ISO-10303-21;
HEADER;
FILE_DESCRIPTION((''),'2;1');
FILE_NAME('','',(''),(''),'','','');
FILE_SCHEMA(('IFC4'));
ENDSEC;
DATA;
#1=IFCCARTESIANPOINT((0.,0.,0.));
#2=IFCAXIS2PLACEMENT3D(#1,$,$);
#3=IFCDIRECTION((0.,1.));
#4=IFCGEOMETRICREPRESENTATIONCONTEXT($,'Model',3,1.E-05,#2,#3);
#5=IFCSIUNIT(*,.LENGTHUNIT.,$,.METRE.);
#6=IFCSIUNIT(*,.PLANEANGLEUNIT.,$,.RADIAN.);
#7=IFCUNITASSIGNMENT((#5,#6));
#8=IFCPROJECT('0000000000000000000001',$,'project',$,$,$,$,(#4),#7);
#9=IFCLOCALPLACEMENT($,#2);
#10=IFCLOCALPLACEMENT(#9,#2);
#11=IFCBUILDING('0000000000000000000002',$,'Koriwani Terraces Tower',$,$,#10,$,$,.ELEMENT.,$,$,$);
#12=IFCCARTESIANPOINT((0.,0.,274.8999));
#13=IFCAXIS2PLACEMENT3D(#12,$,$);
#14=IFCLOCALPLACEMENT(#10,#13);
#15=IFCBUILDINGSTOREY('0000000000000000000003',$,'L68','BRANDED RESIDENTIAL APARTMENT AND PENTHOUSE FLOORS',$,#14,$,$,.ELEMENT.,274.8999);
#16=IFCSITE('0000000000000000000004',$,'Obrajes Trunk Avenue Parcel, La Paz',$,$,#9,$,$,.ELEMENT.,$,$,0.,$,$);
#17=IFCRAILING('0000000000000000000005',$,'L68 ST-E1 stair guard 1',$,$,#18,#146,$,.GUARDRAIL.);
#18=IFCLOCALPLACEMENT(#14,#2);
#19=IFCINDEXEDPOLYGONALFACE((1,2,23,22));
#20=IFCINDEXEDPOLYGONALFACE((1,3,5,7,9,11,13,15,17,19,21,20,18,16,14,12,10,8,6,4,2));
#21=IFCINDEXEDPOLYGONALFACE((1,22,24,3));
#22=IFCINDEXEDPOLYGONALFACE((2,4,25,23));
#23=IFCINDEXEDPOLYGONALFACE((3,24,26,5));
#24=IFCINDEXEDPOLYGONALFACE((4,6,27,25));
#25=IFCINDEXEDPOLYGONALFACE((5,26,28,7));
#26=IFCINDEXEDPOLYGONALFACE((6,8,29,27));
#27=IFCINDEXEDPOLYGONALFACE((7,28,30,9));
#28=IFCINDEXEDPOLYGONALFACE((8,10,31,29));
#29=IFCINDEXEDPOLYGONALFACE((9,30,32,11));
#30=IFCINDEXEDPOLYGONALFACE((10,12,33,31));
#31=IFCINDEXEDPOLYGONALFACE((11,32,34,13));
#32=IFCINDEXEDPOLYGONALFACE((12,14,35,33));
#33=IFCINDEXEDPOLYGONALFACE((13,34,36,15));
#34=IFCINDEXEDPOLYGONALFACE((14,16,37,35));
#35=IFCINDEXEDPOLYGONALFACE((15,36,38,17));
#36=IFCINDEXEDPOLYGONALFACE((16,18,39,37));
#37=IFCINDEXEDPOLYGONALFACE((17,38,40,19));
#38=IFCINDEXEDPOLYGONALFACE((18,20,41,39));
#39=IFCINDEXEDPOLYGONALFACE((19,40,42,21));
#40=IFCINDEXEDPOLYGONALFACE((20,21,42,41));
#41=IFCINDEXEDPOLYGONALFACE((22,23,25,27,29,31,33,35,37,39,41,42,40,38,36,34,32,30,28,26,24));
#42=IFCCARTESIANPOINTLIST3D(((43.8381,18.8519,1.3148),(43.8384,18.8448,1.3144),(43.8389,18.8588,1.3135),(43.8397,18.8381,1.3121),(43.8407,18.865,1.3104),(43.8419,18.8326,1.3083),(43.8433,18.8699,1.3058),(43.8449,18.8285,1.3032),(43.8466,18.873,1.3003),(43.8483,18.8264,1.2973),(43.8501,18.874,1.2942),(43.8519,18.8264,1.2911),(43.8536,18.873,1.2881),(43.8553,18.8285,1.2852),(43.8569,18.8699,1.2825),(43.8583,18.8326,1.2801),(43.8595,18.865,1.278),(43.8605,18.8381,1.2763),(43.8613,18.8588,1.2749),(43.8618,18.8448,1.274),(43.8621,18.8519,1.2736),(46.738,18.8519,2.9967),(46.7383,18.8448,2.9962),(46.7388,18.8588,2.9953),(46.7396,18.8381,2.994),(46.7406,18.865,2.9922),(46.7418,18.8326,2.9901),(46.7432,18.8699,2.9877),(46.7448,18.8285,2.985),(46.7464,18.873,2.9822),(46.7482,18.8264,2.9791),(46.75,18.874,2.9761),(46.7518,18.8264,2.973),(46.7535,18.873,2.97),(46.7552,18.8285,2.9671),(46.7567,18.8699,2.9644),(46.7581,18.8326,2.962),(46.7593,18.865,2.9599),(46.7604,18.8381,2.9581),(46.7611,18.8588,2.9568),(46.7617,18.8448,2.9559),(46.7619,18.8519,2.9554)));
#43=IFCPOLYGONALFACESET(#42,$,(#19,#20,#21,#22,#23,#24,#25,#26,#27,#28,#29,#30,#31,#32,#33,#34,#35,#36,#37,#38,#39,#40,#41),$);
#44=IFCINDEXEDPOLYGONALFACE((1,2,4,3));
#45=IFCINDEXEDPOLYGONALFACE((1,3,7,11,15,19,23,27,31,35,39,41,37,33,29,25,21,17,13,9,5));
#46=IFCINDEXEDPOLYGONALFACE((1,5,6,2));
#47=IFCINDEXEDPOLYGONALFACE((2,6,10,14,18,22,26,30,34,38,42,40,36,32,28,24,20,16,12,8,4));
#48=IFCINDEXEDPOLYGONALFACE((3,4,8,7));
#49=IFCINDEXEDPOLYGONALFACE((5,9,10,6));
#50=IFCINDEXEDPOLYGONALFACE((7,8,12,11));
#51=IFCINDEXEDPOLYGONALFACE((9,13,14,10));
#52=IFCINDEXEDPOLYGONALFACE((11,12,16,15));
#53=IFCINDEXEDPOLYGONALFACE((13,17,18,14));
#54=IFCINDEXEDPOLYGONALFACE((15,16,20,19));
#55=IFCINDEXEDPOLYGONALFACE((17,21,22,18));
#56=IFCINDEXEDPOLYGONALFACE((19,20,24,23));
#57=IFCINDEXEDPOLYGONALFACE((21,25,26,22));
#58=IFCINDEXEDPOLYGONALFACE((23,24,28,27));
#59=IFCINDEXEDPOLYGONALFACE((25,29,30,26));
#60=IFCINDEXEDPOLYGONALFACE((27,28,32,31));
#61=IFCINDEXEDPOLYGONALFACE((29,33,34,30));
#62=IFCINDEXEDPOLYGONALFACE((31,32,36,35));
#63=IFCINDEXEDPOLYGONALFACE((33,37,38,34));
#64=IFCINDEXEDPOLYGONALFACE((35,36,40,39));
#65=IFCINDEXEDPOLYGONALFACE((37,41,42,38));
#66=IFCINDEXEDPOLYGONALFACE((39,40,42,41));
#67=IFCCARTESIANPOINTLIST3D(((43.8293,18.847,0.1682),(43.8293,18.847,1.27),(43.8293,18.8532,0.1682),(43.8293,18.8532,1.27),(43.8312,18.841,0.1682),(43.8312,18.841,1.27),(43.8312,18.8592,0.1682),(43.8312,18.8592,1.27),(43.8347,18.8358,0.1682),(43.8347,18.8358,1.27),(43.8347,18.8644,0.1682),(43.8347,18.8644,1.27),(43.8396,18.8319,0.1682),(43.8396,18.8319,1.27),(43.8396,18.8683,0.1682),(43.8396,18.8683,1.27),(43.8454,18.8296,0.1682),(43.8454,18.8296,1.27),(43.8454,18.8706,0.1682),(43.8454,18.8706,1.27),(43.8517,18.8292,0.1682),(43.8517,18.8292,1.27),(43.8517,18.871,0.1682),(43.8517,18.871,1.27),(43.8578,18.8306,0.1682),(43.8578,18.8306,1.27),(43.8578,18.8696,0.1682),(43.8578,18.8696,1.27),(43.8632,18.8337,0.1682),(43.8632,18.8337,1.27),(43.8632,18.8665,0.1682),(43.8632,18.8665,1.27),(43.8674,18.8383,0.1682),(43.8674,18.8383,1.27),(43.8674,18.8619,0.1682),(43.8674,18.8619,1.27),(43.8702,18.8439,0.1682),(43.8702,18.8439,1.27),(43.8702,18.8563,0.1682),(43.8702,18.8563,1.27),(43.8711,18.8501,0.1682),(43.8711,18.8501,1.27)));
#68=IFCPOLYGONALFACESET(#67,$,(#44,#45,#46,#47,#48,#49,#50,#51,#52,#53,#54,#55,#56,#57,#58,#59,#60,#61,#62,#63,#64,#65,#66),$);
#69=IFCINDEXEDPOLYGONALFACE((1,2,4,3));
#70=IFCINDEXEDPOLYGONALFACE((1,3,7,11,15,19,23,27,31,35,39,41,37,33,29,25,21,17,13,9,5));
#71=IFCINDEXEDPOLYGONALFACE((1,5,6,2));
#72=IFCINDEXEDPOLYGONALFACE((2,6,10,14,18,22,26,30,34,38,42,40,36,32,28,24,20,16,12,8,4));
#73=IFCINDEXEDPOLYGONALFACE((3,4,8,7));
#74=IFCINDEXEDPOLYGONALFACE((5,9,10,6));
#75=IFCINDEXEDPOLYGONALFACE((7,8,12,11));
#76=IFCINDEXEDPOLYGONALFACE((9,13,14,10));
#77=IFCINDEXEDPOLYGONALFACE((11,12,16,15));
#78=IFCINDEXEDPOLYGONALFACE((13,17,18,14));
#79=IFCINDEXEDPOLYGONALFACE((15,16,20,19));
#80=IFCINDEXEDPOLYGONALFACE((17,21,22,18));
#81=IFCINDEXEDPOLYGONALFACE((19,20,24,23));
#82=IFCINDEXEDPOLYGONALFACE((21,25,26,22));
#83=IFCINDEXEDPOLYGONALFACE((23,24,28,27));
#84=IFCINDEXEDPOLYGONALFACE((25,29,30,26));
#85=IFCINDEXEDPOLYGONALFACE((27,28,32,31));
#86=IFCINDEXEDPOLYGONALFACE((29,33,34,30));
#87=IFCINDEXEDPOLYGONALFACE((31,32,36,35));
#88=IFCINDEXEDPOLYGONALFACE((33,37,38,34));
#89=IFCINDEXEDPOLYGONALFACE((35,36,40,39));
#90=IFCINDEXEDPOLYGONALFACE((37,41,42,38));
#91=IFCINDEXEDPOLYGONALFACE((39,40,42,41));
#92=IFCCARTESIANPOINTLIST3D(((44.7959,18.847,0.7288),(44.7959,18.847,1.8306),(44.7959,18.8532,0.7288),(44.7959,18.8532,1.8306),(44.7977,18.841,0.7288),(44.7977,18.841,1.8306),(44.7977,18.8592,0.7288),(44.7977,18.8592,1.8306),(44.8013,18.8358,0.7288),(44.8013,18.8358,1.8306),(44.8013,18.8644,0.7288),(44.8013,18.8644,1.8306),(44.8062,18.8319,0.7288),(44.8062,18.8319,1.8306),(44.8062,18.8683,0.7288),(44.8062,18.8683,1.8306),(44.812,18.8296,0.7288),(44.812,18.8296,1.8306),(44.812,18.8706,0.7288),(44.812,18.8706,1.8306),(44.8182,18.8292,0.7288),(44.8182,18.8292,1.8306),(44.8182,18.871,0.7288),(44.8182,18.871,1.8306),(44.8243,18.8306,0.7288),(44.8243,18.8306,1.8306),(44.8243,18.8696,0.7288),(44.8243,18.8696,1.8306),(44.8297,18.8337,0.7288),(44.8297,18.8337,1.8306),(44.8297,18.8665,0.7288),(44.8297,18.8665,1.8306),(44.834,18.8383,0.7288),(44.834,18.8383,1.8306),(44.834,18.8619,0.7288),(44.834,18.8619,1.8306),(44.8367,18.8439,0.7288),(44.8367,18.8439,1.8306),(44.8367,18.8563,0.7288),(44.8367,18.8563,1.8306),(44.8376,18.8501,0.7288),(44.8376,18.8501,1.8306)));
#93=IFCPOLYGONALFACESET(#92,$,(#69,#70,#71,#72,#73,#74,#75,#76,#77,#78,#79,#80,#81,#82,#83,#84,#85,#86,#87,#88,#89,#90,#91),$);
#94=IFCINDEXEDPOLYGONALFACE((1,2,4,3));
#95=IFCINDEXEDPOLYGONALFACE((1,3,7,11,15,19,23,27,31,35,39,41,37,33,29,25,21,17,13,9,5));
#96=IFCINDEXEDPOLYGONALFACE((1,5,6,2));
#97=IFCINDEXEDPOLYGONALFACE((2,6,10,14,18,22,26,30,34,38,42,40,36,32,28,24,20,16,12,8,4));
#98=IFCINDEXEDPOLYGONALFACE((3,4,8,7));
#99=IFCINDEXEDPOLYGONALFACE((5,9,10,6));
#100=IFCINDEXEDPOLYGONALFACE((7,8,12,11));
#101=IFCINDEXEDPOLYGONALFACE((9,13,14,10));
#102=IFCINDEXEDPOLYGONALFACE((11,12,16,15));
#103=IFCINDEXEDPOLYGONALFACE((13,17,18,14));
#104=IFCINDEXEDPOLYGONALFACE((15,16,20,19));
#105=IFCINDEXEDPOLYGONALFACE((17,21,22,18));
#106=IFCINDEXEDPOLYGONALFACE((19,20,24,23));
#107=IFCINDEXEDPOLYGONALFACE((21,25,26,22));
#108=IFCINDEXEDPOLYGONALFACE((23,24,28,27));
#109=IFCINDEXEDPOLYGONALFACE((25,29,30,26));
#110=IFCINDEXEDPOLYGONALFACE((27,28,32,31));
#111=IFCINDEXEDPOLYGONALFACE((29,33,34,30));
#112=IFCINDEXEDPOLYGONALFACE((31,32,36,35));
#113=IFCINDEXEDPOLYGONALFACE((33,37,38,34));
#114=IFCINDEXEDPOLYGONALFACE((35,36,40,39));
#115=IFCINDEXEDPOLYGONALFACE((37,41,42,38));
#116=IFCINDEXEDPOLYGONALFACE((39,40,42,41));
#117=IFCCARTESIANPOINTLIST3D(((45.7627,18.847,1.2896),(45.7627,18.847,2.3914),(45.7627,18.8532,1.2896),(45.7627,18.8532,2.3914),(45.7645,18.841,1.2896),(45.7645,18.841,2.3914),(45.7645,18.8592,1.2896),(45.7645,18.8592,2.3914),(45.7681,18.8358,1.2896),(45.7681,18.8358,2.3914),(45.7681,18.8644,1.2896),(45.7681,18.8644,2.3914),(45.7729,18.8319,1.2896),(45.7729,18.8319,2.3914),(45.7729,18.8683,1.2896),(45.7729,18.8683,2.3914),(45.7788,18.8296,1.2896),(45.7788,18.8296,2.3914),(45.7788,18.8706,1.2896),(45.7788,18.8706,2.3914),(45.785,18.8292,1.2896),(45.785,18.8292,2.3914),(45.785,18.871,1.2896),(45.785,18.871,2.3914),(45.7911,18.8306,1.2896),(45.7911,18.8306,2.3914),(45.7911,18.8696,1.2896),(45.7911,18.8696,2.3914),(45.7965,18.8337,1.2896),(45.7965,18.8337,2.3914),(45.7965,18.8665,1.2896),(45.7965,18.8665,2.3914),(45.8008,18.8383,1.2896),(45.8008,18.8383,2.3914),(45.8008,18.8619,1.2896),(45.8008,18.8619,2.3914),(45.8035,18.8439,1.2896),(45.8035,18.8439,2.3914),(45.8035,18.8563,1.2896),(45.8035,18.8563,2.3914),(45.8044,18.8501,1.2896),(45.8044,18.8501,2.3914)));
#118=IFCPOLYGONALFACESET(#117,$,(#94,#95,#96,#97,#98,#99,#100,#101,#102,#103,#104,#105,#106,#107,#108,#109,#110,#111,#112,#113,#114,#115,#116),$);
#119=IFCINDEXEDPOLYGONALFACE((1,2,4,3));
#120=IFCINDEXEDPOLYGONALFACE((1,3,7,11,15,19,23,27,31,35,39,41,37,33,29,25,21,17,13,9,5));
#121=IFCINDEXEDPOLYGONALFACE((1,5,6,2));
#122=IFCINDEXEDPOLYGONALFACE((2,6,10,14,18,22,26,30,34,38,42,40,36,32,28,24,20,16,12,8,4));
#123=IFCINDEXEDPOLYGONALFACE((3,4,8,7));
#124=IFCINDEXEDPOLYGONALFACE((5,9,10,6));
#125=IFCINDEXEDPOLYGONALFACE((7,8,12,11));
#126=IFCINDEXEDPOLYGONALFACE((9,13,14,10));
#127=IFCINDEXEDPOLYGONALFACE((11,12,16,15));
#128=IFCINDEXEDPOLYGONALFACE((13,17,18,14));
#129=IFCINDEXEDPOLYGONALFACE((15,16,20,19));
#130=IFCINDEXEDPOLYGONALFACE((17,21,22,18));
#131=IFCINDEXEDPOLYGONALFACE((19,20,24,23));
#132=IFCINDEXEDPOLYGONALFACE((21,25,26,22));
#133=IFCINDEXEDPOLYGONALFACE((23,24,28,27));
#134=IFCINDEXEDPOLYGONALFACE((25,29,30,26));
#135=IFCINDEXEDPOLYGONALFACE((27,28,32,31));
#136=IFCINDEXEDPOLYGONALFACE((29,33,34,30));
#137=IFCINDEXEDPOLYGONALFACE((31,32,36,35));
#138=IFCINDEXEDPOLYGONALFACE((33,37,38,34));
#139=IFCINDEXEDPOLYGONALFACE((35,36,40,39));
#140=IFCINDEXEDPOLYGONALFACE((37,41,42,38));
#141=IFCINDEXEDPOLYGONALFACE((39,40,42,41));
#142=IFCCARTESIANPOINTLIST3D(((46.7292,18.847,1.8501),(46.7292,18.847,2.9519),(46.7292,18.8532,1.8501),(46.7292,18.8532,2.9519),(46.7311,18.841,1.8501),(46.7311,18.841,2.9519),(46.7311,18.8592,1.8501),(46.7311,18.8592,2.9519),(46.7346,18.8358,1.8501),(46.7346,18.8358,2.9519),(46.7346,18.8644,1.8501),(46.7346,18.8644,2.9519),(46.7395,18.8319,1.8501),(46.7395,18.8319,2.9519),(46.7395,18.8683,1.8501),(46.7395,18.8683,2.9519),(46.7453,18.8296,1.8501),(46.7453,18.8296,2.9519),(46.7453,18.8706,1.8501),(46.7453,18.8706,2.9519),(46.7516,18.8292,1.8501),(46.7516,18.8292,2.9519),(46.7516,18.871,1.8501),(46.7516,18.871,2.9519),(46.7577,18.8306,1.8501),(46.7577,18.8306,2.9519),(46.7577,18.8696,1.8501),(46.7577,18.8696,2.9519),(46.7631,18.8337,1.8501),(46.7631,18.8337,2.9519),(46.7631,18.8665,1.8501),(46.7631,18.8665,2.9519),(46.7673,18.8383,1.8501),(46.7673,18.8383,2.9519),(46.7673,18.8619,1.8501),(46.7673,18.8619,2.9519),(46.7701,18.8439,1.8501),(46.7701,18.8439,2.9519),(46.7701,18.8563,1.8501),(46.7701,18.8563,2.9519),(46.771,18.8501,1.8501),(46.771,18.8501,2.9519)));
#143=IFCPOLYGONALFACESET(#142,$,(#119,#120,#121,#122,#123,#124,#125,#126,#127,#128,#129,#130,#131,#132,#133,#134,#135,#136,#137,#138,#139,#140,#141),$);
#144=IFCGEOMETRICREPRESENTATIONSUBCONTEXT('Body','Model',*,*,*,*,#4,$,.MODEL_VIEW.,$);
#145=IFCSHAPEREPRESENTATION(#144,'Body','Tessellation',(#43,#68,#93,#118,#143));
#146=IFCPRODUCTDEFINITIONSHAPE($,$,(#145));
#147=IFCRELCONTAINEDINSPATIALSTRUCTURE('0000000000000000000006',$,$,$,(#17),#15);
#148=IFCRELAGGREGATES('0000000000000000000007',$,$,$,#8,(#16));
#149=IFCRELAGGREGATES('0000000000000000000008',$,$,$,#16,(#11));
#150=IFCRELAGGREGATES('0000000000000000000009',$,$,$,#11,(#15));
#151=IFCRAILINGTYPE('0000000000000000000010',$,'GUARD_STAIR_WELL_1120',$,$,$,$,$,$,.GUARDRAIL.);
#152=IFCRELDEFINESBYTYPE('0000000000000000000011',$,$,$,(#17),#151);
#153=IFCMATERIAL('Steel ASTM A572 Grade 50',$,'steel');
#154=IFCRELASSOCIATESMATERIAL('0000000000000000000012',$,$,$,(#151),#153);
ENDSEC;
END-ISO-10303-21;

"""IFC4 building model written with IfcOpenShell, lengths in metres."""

from ifc_helpers import new_model, si_unit, direction, frame, origin, origin_2d, place, context, subcontext, project, spatial, circle, extrude, material, type_object, element, save


model = new_model("IFC4")

# Units and contexts
model_context = context("Model", 3, precision=1e-05, world=origin(), true_north=direction((0.0, 1.0)))
body_context = subcontext(model_context, "Body", "Model", "MODEL_VIEW")
ifc_project = project(units=[si_unit("LENGTHUNIT", "METRE"), si_unit("PLANEANGLEUNIT", "RADIAN")], contexts=[model_context])

# Site, building, storey
site_placement = place(None, origin())
site = spatial("IfcSite", under=ifc_project, at=site_placement, Name="Obrajes Trunk Avenue Parcel, La Paz", CompositionType="ELEMENT", RefElevation=0.0)
building_placement = place(site_placement, origin())
building = spatial("IfcBuilding", under=site, at=building_placement, Name="Koriwani Terraces Tower", CompositionType="ELEMENT")
storey_placement = place(building_placement, frame((0.0, 0.0, 274.8999)))
storey = spatial("IfcBuildingStorey", under=building, at=storey_placement, Name="L68", Description="BRANDED RESIDENTIAL APARTMENT AND PENTHOUSE FLOORS", CompositionType="ELEMENT", Elevation=274.8999)

# Shared definitions
ifc_material_1 = material(Name="Steel ASTM A572 Grade 50", Category="steel")

# Railing
railing_type_1 = type_object("IfcRailingType", Name="GUARD_STAIR_WELL_1120", PredefinedType="GUARDRAIL", material=ifc_material_1)
railing_1_placement = place(storey_placement, frame((43.8501, 18.8501, 0.1682)))
element("IfcRailing", 1, at=railing_1_placement, inside=storey, type_object=railing_type_1, Name="L68 ST-E1 stair guard 1", PredefinedType="GUARDRAIL", context=body_context, shape_type="SweptSolid", body=[
    extrude(circle(Radius=0.0239, at=origin_2d()), frame((0.0, 0.0, 1.126), z_axis=(0.865039, 0.0, 0.501705), x_axis=(0.0, 1.0, 0.0)), (0.0, 0.0, 1.0), 3.3523),
    extrude(circle(Radius=0.021, at=origin_2d()), origin(), (0.0, 0.0, 1.0), 1.1018),
    extrude(circle(Radius=0.021, at=origin_2d()), frame((0.9666, 0.0, 0.5605)), (0.0, 0.0, 1.0), 1.1018),
    extrude(circle(Radius=0.021, at=origin_2d()), frame((1.9333, 0.0, 1.1213)), (0.0, 0.0, 1.0), 1.1018),
    extrude(circle(Radius=0.021, at=origin_2d()), frame((2.8999, 0.0, 1.6819)), (0.0, 0.0, 1.0), 1.1018),
])

save(model, "model.ifc")
